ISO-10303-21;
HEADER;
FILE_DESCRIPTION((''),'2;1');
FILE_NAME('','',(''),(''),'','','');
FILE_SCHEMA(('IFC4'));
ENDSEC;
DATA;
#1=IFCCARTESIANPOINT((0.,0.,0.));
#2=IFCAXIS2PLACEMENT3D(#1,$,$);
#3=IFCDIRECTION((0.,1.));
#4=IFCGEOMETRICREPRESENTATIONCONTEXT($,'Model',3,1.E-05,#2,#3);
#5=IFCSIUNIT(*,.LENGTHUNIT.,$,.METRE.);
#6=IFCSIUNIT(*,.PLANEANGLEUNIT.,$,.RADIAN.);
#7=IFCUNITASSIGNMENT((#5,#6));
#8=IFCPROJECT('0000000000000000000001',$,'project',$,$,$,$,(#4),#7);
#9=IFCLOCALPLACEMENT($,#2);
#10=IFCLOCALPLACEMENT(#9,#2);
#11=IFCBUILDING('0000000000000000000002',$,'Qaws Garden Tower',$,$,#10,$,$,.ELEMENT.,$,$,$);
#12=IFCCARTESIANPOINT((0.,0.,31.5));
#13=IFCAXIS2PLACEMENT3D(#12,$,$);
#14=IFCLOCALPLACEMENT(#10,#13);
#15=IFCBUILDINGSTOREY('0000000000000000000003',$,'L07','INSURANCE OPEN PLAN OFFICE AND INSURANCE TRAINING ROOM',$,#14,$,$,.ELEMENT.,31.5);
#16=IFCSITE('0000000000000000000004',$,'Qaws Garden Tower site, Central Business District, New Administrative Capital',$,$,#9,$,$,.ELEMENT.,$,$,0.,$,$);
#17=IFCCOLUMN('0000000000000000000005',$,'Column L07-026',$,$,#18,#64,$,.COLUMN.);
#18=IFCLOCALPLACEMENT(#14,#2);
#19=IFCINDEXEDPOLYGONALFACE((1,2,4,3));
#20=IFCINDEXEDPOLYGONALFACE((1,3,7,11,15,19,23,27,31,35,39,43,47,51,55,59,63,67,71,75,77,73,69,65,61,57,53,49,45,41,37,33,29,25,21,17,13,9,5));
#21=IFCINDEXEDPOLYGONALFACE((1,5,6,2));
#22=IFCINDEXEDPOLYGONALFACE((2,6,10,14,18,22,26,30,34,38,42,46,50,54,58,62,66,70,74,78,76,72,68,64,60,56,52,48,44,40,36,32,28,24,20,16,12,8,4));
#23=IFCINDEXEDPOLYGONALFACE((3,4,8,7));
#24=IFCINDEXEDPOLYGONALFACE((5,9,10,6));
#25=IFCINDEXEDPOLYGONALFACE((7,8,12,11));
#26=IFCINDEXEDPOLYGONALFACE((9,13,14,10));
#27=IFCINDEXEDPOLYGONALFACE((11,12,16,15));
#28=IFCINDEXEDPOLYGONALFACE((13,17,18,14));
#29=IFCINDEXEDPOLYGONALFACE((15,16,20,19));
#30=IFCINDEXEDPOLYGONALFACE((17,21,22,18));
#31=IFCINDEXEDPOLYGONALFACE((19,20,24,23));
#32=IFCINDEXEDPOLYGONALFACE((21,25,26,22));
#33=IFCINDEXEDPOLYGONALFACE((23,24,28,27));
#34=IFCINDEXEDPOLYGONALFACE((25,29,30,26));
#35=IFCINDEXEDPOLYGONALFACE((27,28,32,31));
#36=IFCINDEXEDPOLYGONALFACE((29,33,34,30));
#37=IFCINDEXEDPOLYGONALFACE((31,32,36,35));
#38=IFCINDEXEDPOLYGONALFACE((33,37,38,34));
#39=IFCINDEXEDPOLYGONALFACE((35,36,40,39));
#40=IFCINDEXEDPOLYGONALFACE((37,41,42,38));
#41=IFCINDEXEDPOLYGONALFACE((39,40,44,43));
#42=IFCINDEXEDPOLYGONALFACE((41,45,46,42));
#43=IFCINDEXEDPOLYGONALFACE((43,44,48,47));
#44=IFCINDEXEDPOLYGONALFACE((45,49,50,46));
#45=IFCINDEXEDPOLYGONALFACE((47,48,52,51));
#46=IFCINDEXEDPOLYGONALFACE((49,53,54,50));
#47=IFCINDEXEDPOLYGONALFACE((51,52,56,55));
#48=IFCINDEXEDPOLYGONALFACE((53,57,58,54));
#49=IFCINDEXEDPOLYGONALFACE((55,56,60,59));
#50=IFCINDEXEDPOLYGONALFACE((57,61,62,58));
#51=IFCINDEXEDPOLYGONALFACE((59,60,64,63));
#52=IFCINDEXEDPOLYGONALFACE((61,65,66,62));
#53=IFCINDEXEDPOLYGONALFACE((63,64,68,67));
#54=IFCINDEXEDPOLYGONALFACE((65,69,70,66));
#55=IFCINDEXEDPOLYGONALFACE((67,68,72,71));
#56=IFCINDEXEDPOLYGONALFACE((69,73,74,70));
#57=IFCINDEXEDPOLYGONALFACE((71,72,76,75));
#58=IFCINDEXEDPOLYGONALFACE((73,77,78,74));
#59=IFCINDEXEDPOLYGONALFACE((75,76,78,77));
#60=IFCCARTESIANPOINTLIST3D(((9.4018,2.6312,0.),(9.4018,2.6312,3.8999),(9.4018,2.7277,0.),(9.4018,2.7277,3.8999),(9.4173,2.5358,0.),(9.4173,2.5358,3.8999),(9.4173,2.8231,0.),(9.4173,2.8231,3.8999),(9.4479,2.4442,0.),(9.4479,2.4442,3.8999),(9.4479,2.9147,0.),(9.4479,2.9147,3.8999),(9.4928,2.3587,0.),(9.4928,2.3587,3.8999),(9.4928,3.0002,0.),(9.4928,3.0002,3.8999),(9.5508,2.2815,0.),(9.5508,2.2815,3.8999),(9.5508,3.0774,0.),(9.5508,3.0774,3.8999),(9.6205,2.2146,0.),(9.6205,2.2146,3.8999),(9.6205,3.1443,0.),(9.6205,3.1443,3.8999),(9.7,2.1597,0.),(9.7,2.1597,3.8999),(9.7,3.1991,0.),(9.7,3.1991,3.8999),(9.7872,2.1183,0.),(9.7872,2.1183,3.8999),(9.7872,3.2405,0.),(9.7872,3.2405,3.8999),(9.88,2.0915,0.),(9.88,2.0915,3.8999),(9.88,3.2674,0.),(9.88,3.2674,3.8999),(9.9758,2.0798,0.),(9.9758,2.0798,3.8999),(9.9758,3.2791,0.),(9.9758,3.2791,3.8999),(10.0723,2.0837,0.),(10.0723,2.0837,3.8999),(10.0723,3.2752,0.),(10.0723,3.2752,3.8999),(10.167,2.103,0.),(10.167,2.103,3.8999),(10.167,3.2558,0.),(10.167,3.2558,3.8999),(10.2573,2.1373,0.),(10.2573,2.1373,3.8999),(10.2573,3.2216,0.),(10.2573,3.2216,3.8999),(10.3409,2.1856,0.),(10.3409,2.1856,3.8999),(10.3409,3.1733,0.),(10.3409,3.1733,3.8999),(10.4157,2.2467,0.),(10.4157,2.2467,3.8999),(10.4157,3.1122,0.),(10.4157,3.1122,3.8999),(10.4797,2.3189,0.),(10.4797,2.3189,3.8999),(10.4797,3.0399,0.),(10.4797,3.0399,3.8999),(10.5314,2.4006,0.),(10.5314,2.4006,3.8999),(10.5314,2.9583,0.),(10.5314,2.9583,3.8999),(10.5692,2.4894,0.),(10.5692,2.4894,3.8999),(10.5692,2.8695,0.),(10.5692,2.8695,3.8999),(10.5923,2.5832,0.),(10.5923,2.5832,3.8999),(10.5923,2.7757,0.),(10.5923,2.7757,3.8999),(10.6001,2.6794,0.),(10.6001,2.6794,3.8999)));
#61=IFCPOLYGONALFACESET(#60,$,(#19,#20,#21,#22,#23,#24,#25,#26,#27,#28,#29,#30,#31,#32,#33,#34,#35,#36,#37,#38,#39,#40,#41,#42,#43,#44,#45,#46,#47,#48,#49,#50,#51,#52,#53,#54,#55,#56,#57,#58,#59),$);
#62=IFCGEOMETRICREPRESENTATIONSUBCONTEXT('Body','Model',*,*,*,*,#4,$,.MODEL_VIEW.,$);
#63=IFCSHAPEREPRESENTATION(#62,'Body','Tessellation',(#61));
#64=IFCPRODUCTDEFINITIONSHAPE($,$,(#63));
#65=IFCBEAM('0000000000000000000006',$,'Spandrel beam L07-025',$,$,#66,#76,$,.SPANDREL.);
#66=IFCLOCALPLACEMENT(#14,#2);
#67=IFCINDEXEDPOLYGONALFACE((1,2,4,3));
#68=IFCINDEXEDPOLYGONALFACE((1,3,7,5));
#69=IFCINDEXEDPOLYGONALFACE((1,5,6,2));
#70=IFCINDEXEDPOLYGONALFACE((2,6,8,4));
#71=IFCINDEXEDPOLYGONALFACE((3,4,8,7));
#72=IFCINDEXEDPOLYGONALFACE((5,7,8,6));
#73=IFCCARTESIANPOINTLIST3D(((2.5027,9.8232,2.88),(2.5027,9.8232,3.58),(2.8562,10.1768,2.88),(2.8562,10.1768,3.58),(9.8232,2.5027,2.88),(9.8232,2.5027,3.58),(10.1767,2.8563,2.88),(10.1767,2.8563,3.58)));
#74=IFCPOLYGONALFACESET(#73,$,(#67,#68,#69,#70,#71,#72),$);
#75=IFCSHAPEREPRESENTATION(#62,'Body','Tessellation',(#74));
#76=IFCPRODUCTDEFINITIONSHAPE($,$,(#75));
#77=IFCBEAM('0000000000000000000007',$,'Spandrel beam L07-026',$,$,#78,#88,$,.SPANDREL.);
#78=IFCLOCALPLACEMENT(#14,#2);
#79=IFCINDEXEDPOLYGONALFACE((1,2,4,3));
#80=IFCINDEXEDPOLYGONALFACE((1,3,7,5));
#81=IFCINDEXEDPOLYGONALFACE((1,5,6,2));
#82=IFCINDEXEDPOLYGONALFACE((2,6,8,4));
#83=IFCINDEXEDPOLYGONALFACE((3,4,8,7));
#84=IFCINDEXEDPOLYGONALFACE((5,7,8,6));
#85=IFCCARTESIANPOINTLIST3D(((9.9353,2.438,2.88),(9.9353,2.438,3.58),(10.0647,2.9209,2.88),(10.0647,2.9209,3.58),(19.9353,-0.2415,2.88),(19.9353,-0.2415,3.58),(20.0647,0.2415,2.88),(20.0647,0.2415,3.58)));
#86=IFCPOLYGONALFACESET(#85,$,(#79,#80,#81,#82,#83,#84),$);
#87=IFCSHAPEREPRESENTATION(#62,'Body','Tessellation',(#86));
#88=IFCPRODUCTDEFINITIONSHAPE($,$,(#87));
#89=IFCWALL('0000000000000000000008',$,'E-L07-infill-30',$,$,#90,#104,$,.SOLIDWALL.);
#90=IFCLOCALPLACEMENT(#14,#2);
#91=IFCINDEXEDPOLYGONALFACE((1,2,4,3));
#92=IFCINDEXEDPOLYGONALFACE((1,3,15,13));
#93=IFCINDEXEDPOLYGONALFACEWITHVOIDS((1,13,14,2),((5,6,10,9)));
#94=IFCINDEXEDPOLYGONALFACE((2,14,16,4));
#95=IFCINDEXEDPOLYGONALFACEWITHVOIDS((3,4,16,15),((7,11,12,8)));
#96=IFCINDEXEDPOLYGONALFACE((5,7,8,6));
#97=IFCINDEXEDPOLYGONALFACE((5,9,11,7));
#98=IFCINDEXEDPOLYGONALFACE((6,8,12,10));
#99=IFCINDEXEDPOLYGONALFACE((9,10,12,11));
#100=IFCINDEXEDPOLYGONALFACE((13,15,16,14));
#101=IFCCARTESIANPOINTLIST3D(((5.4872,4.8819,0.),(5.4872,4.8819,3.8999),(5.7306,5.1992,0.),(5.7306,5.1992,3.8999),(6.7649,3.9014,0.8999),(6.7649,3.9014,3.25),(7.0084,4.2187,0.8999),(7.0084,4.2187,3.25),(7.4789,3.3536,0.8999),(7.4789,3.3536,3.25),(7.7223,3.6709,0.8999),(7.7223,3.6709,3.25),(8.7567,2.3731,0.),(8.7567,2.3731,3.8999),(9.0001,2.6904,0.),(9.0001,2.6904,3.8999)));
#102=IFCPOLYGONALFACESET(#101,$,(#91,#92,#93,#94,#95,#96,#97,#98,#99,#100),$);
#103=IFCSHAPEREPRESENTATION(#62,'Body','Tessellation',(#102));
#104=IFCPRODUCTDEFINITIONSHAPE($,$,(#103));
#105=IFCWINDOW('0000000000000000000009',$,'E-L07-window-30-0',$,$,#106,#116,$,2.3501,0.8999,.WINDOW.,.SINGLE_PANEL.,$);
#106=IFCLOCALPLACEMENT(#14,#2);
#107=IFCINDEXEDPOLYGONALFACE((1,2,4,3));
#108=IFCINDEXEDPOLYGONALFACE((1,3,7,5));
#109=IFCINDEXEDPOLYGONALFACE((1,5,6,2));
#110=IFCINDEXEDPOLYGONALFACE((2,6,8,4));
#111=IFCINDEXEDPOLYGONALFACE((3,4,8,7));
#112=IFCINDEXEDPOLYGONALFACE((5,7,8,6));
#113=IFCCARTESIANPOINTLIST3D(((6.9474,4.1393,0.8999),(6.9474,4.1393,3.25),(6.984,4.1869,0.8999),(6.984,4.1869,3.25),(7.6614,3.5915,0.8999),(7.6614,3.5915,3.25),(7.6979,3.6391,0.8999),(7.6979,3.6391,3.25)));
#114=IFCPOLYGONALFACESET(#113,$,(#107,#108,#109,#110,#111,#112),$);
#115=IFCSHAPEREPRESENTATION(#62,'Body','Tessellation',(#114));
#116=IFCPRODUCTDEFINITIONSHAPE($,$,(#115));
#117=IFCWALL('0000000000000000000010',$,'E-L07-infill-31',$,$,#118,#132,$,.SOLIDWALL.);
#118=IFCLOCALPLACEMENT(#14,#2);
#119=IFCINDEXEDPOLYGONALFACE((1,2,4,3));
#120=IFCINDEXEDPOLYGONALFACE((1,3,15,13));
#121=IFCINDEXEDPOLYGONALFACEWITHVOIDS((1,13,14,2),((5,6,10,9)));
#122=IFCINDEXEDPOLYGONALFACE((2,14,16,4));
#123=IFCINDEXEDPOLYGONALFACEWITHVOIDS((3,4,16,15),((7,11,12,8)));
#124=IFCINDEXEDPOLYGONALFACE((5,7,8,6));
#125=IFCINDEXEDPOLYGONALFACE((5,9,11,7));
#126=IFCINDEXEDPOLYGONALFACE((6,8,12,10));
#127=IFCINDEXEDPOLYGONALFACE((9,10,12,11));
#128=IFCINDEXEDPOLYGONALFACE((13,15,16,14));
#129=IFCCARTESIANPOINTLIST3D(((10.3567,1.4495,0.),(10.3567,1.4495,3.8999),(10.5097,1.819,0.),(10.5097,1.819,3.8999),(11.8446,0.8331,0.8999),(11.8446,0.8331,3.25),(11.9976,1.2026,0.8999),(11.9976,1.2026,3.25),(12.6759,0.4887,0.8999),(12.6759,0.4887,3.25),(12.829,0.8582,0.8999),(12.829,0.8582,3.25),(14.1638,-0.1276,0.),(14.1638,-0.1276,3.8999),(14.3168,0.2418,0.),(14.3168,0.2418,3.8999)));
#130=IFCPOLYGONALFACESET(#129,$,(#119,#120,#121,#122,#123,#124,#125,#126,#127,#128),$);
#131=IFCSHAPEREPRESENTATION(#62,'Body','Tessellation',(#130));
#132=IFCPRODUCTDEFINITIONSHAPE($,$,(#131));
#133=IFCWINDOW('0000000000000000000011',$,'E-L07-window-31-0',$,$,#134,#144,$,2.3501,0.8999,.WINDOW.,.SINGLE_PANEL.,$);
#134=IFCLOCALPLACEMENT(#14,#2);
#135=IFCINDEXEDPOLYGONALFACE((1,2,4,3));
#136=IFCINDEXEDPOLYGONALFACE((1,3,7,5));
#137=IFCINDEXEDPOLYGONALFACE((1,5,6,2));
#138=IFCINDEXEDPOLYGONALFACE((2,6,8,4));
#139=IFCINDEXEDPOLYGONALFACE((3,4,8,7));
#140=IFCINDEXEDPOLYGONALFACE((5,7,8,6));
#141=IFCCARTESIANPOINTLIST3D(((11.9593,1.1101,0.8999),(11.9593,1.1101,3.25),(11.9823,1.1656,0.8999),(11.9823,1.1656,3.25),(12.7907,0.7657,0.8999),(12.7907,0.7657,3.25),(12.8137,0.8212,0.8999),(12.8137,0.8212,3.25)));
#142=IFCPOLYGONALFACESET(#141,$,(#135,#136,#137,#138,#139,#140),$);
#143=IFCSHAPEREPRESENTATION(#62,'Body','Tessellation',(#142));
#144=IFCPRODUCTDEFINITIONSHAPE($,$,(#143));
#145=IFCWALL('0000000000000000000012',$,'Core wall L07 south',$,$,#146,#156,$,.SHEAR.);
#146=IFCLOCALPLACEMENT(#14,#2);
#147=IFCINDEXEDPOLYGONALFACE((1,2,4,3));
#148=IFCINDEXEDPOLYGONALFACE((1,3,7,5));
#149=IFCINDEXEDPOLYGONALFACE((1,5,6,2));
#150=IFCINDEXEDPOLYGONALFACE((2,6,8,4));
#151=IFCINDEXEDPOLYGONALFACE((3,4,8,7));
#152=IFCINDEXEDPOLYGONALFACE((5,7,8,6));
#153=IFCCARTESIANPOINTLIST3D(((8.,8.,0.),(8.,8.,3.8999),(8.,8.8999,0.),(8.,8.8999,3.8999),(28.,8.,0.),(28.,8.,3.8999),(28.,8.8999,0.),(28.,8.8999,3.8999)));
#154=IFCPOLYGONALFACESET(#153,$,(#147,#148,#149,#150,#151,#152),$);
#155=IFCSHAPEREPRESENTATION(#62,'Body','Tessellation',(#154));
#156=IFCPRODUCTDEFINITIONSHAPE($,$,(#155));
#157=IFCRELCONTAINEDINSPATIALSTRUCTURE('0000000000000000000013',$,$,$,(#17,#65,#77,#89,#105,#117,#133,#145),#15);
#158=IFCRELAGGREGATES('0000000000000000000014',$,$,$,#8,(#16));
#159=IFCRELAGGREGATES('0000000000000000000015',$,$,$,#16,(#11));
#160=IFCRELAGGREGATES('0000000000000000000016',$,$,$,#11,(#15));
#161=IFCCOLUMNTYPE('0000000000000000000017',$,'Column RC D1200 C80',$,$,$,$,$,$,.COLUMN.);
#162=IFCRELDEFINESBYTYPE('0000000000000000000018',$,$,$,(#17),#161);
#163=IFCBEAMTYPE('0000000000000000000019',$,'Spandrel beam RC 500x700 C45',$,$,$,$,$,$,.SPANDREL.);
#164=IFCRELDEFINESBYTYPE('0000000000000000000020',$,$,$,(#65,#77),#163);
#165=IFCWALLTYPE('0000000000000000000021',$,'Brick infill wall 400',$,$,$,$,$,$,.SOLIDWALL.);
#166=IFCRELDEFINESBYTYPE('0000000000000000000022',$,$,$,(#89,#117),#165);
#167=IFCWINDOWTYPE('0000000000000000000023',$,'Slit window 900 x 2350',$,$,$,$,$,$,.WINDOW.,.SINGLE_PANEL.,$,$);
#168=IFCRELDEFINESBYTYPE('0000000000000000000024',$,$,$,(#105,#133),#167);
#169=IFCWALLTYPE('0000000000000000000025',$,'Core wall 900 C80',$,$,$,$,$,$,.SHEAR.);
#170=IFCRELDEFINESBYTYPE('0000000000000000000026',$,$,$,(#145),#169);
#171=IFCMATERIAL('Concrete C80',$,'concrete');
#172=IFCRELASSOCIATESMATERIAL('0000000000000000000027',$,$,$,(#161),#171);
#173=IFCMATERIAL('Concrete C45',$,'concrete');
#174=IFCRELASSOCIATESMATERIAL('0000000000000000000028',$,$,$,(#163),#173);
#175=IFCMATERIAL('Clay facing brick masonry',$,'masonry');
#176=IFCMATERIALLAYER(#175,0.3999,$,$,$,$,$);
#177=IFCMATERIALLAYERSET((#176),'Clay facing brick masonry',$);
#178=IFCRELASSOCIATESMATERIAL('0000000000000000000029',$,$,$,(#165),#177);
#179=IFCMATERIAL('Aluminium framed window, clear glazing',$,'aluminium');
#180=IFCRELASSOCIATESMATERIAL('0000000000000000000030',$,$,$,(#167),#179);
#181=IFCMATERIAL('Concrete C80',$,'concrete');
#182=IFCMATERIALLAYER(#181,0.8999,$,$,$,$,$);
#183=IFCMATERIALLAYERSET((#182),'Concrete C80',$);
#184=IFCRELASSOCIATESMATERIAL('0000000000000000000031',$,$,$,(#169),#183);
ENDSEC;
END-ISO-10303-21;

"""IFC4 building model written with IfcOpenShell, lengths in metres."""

from ifc_helpers import new_model, si_unit, direction, frame, frame_2d, origin, origin_2d, place, context, subcontext, project, spatial, rectangle, circle, extrude, material, layer, layer_set, material_profile, profile_set, type_object, element, fill, save


model = new_model("IFC4")

# Units and contexts
model_context = context("Model", 3, precision=1e-05, world=origin(), true_north=direction((0.0, 1.0)))
body_context = subcontext(model_context, "Body", "Model", "MODEL_VIEW")
ifc_project = project(units=[si_unit("LENGTHUNIT", "METRE"), si_unit("PLANEANGLEUNIT", "RADIAN")], contexts=[model_context])

# Site, building, storey
site_placement = place(None, origin())
site = spatial("IfcSite", under=ifc_project, at=site_placement, Name="Qaws Garden Tower site, Central Business District, New Administrative Capital", CompositionType="ELEMENT", RefElevation=0.0)
building_placement = place(site_placement, origin())
building = spatial("IfcBuilding", under=site, at=building_placement, Name="Qaws Garden Tower", CompositionType="ELEMENT")
storey_placement = place(building_placement, frame((0.0, 0.0, 31.5)))
storey = spatial("IfcBuildingStorey", under=building, at=storey_placement, Name="L07", Description="INSURANCE OPEN PLAN OFFICE AND INSURANCE TRAINING ROOM", CompositionType="ELEMENT", Elevation=31.5)

# Column
ifc_material_1 = material(Name="Concrete C80", Category="concrete")
ifc_material_profile_1 = material_profile(ifc_material_1, circle(Radius=0.6001, at=origin_2d()), Name="RC D1200")
ifc_profile_set_1 = profile_set([ifc_material_profile_1], Name="Concrete C80")
column_type = type_object("IfcColumnType", Name="Column RC D1200 C80", PredefinedType="COLUMN", material=ifc_profile_set_1)
column_placement = place(storey_placement, frame((10.0, 2.6794, 0.0), z_axis=(0.0, 0.0, 1.0), x_axis=(1.0, 0.0, 0.0)))
element("IfcColumn", 1, at=column_placement, inside=storey, type_object=column_type, Name="Column L07-026", PredefinedType="COLUMN", context=body_context, shape_type="SweptSolid", body=[
    extrude(circle(Radius=0.6001, at=origin_2d()), origin(), (0.0, 0.0, 1.0), 3.8999),
])

# Beams
ifc_material_2 = material(Name="Concrete C45", Category="concrete")
ifc_material_profile_2 = material_profile(ifc_material_2, rectangle(XDim=0.5, YDim=0.7, at=origin_2d()), Name="RC 500x700")
ifc_profile_set_2 = profile_set([ifc_material_profile_2], Name="Concrete C45")
beam_type = type_object("IfcBeamType", Name="Spandrel beam RC 500x700 C45", PredefinedType="SPANDREL", material=ifc_profile_set_2)
for number, where, z_axis, x_axis, name in (
    (2, (2.6794, 10.0, 3.23), (0.707107, -0.707107, 0.0), (0.707107, 0.707107, 0.0), "Spandrel beam L07-025"),
    (3, (10.0, 2.6794, 3.23), (0.965927, -0.258815, 0.0), (0.258815, 0.965927, 0.0), "Spandrel beam L07-026"),
):
    element("IfcBeam", number, at=place(storey_placement, frame(where, z_axis=z_axis, x_axis=x_axis)), inside=storey, type_object=beam_type, Name=name, PredefinedType="SPANDREL", context=body_context, shape_type="SweptSolid", body=[
        extrude(rectangle(XDim=0.5, YDim=0.7, at=origin_2d()), origin(), (0.0, 0.0, 1.0), 10.3528),
    ])

# Walls, openings, windows
ifc_material_3 = material(Name="Clay facing brick masonry", Category="masonry")
ifc_layer_1 = layer(ifc_material_3, 0.3999)
ifc_layer_set_1 = layer_set([ifc_layer_1], Name="Clay facing brick masonry")
wall_type_1 = type_object("IfcWallType", Name="Brick infill wall 400", PredefinedType="SOLIDWALL", material=ifc_layer_set_1)
wall_1_placement = place(storey_placement, frame((5.6089, 5.0405, 0.0), z_axis=(0.0, 0.0, 1.0), x_axis=(0.793355, -0.60876, 0.0)))
wall_1 = element("IfcWall", 4, at=wall_1_placement, inside=storey, type_object=wall_type_1, Name="E-L07-infill-30", PredefinedType="SOLIDWALL", context=body_context, shape_type="SweptSolid", body=[
    extrude(rectangle(XDim=4.1211, YDim=0.3999, at=frame_2d((2.0605, 0.0))), origin(), (0.0, 0.0, 1.0), 3.8999),
])
opening_1_placement = place(wall_1_placement, frame((1.6106, 0.0, 0.8999)))
opening_1 = element("IfcOpeningElement", 5, at=opening_1_placement, cuts=wall_1, PredefinedType="OPENING", context=body_context, shape_type="SweptSolid", body=[
    extrude(rectangle(XDim=0.8999, YDim=2.3501, at=frame_2d((0.45, 1.175))), frame((0.0, 0.21, 0.0), z_axis=(0.0, -1.0, 0.0), x_axis=(1.0, 0.0, 0.0)), (0.0, 0.0, 1.0), 0.4199),
])
ifc_material_4 = material(Name="Aluminium framed window, clear glazing", Category="aluminium")
window_type = type_object("IfcWindowType", Name="Slit window 900 x 2350", PartitioningType="SINGLE_PANEL", PredefinedType="WINDOW", material=ifc_material_4)
window_1_placement = place(opening_1_placement, origin())
window_1 = element("IfcWindow", 6, at=window_1_placement, inside=storey, type_object=window_type, Name="E-L07-window-30-0", OverallHeight=2.3501, OverallWidth=0.8999, PartitioningType="SINGLE_PANEL", PredefinedType="WINDOW", context=body_context, shape_type="SweptSolid", body=[
    extrude(rectangle(XDim=0.8999, YDim=2.3501, at=frame_2d((0.45, 1.175))), frame((0.0, 0.1599, 0.0), z_axis=(0.0, -1.0, 0.0), x_axis=(1.0, 0.0, 0.0)), (0.0, 0.0, 1.0), 0.0601),
])
fill(opening_1, window_1)
wall_2_placement = place(storey_placement, frame((10.4331, 1.6343, 0.0), z_axis=(0.0, 0.0, 1.0), x_axis=(0.923864, -0.382722, 0.0)))
wall_2 = element("IfcWall", 7, at=wall_2_placement, inside=storey, type_object=wall_type_1, Name="E-L07-infill-31", PredefinedType="SOLIDWALL", context=body_context, shape_type="SweptSolid", body=[
    extrude(rectangle(XDim=4.1208, YDim=0.3999, at=frame_2d((2.0605, 0.0))), origin(), (0.0, 0.0, 1.0), 3.8999),
])
opening_2_placement = place(wall_2_placement, frame((1.6106, 0.0, 0.8999)))
opening_2 = element("IfcOpeningElement", 8, at=opening_2_placement, cuts=wall_2, PredefinedType="OPENING", context=body_context, shape_type="SweptSolid", body=[
    extrude(rectangle(XDim=0.8999, YDim=2.3501, at=frame_2d((0.45, 1.175))), frame((0.0, 0.21, 0.0), z_axis=(0.0, -1.0, 0.0), x_axis=(1.0, 0.0, 0.0)), (0.0, 0.0, 1.0), 0.4199),
])
window_2_placement = place(opening_2_placement, origin())
window_2 = element("IfcWindow", 9, at=window_2_placement, inside=storey, type_object=window_type, Name="E-L07-window-31-0", OverallHeight=2.3501, OverallWidth=0.8999, PartitioningType="SINGLE_PANEL", PredefinedType="WINDOW", context=body_context, shape_type="SweptSolid", body=[
    extrude(rectangle(XDim=0.8999, YDim=2.3501, at=frame_2d((0.45, 1.175))), frame((0.0, 0.1599, 0.0), z_axis=(0.0, -1.0, 0.0), x_axis=(1.0, 0.0, 0.0)), (0.0, 0.0, 1.0), 0.0601),
])
fill(opening_2, window_2)

# Wall
ifc_material_5 = material(Name="Concrete C80", Category="concrete")
ifc_layer_2 = layer(ifc_material_5, 0.8999)
ifc_layer_set_2 = layer_set([ifc_layer_2], Name="Concrete C80")
wall_type_2 = type_object("IfcWallType", Name="Core wall 900 C80", PredefinedType="SHEAR", material=ifc_layer_set_2)
wall_3_placement = place(storey_placement, frame((8.0, 8.45, 0.0), z_axis=(0.0, 0.0, 1.0), x_axis=(1.0, 0.0, 0.0)))
element("IfcWall", 10, at=wall_3_placement, inside=storey, type_object=wall_type_2, Name="Core wall L07 south", PredefinedType="SHEAR", context=body_context, shape_type="SweptSolid", body=[
    extrude(rectangle(XDim=20.0, YDim=0.8999, at=frame_2d((10.0, 0.0))), origin(), (0.0, 0.0, 1.0), 3.8999),
])

save(model, "model.ifc")
